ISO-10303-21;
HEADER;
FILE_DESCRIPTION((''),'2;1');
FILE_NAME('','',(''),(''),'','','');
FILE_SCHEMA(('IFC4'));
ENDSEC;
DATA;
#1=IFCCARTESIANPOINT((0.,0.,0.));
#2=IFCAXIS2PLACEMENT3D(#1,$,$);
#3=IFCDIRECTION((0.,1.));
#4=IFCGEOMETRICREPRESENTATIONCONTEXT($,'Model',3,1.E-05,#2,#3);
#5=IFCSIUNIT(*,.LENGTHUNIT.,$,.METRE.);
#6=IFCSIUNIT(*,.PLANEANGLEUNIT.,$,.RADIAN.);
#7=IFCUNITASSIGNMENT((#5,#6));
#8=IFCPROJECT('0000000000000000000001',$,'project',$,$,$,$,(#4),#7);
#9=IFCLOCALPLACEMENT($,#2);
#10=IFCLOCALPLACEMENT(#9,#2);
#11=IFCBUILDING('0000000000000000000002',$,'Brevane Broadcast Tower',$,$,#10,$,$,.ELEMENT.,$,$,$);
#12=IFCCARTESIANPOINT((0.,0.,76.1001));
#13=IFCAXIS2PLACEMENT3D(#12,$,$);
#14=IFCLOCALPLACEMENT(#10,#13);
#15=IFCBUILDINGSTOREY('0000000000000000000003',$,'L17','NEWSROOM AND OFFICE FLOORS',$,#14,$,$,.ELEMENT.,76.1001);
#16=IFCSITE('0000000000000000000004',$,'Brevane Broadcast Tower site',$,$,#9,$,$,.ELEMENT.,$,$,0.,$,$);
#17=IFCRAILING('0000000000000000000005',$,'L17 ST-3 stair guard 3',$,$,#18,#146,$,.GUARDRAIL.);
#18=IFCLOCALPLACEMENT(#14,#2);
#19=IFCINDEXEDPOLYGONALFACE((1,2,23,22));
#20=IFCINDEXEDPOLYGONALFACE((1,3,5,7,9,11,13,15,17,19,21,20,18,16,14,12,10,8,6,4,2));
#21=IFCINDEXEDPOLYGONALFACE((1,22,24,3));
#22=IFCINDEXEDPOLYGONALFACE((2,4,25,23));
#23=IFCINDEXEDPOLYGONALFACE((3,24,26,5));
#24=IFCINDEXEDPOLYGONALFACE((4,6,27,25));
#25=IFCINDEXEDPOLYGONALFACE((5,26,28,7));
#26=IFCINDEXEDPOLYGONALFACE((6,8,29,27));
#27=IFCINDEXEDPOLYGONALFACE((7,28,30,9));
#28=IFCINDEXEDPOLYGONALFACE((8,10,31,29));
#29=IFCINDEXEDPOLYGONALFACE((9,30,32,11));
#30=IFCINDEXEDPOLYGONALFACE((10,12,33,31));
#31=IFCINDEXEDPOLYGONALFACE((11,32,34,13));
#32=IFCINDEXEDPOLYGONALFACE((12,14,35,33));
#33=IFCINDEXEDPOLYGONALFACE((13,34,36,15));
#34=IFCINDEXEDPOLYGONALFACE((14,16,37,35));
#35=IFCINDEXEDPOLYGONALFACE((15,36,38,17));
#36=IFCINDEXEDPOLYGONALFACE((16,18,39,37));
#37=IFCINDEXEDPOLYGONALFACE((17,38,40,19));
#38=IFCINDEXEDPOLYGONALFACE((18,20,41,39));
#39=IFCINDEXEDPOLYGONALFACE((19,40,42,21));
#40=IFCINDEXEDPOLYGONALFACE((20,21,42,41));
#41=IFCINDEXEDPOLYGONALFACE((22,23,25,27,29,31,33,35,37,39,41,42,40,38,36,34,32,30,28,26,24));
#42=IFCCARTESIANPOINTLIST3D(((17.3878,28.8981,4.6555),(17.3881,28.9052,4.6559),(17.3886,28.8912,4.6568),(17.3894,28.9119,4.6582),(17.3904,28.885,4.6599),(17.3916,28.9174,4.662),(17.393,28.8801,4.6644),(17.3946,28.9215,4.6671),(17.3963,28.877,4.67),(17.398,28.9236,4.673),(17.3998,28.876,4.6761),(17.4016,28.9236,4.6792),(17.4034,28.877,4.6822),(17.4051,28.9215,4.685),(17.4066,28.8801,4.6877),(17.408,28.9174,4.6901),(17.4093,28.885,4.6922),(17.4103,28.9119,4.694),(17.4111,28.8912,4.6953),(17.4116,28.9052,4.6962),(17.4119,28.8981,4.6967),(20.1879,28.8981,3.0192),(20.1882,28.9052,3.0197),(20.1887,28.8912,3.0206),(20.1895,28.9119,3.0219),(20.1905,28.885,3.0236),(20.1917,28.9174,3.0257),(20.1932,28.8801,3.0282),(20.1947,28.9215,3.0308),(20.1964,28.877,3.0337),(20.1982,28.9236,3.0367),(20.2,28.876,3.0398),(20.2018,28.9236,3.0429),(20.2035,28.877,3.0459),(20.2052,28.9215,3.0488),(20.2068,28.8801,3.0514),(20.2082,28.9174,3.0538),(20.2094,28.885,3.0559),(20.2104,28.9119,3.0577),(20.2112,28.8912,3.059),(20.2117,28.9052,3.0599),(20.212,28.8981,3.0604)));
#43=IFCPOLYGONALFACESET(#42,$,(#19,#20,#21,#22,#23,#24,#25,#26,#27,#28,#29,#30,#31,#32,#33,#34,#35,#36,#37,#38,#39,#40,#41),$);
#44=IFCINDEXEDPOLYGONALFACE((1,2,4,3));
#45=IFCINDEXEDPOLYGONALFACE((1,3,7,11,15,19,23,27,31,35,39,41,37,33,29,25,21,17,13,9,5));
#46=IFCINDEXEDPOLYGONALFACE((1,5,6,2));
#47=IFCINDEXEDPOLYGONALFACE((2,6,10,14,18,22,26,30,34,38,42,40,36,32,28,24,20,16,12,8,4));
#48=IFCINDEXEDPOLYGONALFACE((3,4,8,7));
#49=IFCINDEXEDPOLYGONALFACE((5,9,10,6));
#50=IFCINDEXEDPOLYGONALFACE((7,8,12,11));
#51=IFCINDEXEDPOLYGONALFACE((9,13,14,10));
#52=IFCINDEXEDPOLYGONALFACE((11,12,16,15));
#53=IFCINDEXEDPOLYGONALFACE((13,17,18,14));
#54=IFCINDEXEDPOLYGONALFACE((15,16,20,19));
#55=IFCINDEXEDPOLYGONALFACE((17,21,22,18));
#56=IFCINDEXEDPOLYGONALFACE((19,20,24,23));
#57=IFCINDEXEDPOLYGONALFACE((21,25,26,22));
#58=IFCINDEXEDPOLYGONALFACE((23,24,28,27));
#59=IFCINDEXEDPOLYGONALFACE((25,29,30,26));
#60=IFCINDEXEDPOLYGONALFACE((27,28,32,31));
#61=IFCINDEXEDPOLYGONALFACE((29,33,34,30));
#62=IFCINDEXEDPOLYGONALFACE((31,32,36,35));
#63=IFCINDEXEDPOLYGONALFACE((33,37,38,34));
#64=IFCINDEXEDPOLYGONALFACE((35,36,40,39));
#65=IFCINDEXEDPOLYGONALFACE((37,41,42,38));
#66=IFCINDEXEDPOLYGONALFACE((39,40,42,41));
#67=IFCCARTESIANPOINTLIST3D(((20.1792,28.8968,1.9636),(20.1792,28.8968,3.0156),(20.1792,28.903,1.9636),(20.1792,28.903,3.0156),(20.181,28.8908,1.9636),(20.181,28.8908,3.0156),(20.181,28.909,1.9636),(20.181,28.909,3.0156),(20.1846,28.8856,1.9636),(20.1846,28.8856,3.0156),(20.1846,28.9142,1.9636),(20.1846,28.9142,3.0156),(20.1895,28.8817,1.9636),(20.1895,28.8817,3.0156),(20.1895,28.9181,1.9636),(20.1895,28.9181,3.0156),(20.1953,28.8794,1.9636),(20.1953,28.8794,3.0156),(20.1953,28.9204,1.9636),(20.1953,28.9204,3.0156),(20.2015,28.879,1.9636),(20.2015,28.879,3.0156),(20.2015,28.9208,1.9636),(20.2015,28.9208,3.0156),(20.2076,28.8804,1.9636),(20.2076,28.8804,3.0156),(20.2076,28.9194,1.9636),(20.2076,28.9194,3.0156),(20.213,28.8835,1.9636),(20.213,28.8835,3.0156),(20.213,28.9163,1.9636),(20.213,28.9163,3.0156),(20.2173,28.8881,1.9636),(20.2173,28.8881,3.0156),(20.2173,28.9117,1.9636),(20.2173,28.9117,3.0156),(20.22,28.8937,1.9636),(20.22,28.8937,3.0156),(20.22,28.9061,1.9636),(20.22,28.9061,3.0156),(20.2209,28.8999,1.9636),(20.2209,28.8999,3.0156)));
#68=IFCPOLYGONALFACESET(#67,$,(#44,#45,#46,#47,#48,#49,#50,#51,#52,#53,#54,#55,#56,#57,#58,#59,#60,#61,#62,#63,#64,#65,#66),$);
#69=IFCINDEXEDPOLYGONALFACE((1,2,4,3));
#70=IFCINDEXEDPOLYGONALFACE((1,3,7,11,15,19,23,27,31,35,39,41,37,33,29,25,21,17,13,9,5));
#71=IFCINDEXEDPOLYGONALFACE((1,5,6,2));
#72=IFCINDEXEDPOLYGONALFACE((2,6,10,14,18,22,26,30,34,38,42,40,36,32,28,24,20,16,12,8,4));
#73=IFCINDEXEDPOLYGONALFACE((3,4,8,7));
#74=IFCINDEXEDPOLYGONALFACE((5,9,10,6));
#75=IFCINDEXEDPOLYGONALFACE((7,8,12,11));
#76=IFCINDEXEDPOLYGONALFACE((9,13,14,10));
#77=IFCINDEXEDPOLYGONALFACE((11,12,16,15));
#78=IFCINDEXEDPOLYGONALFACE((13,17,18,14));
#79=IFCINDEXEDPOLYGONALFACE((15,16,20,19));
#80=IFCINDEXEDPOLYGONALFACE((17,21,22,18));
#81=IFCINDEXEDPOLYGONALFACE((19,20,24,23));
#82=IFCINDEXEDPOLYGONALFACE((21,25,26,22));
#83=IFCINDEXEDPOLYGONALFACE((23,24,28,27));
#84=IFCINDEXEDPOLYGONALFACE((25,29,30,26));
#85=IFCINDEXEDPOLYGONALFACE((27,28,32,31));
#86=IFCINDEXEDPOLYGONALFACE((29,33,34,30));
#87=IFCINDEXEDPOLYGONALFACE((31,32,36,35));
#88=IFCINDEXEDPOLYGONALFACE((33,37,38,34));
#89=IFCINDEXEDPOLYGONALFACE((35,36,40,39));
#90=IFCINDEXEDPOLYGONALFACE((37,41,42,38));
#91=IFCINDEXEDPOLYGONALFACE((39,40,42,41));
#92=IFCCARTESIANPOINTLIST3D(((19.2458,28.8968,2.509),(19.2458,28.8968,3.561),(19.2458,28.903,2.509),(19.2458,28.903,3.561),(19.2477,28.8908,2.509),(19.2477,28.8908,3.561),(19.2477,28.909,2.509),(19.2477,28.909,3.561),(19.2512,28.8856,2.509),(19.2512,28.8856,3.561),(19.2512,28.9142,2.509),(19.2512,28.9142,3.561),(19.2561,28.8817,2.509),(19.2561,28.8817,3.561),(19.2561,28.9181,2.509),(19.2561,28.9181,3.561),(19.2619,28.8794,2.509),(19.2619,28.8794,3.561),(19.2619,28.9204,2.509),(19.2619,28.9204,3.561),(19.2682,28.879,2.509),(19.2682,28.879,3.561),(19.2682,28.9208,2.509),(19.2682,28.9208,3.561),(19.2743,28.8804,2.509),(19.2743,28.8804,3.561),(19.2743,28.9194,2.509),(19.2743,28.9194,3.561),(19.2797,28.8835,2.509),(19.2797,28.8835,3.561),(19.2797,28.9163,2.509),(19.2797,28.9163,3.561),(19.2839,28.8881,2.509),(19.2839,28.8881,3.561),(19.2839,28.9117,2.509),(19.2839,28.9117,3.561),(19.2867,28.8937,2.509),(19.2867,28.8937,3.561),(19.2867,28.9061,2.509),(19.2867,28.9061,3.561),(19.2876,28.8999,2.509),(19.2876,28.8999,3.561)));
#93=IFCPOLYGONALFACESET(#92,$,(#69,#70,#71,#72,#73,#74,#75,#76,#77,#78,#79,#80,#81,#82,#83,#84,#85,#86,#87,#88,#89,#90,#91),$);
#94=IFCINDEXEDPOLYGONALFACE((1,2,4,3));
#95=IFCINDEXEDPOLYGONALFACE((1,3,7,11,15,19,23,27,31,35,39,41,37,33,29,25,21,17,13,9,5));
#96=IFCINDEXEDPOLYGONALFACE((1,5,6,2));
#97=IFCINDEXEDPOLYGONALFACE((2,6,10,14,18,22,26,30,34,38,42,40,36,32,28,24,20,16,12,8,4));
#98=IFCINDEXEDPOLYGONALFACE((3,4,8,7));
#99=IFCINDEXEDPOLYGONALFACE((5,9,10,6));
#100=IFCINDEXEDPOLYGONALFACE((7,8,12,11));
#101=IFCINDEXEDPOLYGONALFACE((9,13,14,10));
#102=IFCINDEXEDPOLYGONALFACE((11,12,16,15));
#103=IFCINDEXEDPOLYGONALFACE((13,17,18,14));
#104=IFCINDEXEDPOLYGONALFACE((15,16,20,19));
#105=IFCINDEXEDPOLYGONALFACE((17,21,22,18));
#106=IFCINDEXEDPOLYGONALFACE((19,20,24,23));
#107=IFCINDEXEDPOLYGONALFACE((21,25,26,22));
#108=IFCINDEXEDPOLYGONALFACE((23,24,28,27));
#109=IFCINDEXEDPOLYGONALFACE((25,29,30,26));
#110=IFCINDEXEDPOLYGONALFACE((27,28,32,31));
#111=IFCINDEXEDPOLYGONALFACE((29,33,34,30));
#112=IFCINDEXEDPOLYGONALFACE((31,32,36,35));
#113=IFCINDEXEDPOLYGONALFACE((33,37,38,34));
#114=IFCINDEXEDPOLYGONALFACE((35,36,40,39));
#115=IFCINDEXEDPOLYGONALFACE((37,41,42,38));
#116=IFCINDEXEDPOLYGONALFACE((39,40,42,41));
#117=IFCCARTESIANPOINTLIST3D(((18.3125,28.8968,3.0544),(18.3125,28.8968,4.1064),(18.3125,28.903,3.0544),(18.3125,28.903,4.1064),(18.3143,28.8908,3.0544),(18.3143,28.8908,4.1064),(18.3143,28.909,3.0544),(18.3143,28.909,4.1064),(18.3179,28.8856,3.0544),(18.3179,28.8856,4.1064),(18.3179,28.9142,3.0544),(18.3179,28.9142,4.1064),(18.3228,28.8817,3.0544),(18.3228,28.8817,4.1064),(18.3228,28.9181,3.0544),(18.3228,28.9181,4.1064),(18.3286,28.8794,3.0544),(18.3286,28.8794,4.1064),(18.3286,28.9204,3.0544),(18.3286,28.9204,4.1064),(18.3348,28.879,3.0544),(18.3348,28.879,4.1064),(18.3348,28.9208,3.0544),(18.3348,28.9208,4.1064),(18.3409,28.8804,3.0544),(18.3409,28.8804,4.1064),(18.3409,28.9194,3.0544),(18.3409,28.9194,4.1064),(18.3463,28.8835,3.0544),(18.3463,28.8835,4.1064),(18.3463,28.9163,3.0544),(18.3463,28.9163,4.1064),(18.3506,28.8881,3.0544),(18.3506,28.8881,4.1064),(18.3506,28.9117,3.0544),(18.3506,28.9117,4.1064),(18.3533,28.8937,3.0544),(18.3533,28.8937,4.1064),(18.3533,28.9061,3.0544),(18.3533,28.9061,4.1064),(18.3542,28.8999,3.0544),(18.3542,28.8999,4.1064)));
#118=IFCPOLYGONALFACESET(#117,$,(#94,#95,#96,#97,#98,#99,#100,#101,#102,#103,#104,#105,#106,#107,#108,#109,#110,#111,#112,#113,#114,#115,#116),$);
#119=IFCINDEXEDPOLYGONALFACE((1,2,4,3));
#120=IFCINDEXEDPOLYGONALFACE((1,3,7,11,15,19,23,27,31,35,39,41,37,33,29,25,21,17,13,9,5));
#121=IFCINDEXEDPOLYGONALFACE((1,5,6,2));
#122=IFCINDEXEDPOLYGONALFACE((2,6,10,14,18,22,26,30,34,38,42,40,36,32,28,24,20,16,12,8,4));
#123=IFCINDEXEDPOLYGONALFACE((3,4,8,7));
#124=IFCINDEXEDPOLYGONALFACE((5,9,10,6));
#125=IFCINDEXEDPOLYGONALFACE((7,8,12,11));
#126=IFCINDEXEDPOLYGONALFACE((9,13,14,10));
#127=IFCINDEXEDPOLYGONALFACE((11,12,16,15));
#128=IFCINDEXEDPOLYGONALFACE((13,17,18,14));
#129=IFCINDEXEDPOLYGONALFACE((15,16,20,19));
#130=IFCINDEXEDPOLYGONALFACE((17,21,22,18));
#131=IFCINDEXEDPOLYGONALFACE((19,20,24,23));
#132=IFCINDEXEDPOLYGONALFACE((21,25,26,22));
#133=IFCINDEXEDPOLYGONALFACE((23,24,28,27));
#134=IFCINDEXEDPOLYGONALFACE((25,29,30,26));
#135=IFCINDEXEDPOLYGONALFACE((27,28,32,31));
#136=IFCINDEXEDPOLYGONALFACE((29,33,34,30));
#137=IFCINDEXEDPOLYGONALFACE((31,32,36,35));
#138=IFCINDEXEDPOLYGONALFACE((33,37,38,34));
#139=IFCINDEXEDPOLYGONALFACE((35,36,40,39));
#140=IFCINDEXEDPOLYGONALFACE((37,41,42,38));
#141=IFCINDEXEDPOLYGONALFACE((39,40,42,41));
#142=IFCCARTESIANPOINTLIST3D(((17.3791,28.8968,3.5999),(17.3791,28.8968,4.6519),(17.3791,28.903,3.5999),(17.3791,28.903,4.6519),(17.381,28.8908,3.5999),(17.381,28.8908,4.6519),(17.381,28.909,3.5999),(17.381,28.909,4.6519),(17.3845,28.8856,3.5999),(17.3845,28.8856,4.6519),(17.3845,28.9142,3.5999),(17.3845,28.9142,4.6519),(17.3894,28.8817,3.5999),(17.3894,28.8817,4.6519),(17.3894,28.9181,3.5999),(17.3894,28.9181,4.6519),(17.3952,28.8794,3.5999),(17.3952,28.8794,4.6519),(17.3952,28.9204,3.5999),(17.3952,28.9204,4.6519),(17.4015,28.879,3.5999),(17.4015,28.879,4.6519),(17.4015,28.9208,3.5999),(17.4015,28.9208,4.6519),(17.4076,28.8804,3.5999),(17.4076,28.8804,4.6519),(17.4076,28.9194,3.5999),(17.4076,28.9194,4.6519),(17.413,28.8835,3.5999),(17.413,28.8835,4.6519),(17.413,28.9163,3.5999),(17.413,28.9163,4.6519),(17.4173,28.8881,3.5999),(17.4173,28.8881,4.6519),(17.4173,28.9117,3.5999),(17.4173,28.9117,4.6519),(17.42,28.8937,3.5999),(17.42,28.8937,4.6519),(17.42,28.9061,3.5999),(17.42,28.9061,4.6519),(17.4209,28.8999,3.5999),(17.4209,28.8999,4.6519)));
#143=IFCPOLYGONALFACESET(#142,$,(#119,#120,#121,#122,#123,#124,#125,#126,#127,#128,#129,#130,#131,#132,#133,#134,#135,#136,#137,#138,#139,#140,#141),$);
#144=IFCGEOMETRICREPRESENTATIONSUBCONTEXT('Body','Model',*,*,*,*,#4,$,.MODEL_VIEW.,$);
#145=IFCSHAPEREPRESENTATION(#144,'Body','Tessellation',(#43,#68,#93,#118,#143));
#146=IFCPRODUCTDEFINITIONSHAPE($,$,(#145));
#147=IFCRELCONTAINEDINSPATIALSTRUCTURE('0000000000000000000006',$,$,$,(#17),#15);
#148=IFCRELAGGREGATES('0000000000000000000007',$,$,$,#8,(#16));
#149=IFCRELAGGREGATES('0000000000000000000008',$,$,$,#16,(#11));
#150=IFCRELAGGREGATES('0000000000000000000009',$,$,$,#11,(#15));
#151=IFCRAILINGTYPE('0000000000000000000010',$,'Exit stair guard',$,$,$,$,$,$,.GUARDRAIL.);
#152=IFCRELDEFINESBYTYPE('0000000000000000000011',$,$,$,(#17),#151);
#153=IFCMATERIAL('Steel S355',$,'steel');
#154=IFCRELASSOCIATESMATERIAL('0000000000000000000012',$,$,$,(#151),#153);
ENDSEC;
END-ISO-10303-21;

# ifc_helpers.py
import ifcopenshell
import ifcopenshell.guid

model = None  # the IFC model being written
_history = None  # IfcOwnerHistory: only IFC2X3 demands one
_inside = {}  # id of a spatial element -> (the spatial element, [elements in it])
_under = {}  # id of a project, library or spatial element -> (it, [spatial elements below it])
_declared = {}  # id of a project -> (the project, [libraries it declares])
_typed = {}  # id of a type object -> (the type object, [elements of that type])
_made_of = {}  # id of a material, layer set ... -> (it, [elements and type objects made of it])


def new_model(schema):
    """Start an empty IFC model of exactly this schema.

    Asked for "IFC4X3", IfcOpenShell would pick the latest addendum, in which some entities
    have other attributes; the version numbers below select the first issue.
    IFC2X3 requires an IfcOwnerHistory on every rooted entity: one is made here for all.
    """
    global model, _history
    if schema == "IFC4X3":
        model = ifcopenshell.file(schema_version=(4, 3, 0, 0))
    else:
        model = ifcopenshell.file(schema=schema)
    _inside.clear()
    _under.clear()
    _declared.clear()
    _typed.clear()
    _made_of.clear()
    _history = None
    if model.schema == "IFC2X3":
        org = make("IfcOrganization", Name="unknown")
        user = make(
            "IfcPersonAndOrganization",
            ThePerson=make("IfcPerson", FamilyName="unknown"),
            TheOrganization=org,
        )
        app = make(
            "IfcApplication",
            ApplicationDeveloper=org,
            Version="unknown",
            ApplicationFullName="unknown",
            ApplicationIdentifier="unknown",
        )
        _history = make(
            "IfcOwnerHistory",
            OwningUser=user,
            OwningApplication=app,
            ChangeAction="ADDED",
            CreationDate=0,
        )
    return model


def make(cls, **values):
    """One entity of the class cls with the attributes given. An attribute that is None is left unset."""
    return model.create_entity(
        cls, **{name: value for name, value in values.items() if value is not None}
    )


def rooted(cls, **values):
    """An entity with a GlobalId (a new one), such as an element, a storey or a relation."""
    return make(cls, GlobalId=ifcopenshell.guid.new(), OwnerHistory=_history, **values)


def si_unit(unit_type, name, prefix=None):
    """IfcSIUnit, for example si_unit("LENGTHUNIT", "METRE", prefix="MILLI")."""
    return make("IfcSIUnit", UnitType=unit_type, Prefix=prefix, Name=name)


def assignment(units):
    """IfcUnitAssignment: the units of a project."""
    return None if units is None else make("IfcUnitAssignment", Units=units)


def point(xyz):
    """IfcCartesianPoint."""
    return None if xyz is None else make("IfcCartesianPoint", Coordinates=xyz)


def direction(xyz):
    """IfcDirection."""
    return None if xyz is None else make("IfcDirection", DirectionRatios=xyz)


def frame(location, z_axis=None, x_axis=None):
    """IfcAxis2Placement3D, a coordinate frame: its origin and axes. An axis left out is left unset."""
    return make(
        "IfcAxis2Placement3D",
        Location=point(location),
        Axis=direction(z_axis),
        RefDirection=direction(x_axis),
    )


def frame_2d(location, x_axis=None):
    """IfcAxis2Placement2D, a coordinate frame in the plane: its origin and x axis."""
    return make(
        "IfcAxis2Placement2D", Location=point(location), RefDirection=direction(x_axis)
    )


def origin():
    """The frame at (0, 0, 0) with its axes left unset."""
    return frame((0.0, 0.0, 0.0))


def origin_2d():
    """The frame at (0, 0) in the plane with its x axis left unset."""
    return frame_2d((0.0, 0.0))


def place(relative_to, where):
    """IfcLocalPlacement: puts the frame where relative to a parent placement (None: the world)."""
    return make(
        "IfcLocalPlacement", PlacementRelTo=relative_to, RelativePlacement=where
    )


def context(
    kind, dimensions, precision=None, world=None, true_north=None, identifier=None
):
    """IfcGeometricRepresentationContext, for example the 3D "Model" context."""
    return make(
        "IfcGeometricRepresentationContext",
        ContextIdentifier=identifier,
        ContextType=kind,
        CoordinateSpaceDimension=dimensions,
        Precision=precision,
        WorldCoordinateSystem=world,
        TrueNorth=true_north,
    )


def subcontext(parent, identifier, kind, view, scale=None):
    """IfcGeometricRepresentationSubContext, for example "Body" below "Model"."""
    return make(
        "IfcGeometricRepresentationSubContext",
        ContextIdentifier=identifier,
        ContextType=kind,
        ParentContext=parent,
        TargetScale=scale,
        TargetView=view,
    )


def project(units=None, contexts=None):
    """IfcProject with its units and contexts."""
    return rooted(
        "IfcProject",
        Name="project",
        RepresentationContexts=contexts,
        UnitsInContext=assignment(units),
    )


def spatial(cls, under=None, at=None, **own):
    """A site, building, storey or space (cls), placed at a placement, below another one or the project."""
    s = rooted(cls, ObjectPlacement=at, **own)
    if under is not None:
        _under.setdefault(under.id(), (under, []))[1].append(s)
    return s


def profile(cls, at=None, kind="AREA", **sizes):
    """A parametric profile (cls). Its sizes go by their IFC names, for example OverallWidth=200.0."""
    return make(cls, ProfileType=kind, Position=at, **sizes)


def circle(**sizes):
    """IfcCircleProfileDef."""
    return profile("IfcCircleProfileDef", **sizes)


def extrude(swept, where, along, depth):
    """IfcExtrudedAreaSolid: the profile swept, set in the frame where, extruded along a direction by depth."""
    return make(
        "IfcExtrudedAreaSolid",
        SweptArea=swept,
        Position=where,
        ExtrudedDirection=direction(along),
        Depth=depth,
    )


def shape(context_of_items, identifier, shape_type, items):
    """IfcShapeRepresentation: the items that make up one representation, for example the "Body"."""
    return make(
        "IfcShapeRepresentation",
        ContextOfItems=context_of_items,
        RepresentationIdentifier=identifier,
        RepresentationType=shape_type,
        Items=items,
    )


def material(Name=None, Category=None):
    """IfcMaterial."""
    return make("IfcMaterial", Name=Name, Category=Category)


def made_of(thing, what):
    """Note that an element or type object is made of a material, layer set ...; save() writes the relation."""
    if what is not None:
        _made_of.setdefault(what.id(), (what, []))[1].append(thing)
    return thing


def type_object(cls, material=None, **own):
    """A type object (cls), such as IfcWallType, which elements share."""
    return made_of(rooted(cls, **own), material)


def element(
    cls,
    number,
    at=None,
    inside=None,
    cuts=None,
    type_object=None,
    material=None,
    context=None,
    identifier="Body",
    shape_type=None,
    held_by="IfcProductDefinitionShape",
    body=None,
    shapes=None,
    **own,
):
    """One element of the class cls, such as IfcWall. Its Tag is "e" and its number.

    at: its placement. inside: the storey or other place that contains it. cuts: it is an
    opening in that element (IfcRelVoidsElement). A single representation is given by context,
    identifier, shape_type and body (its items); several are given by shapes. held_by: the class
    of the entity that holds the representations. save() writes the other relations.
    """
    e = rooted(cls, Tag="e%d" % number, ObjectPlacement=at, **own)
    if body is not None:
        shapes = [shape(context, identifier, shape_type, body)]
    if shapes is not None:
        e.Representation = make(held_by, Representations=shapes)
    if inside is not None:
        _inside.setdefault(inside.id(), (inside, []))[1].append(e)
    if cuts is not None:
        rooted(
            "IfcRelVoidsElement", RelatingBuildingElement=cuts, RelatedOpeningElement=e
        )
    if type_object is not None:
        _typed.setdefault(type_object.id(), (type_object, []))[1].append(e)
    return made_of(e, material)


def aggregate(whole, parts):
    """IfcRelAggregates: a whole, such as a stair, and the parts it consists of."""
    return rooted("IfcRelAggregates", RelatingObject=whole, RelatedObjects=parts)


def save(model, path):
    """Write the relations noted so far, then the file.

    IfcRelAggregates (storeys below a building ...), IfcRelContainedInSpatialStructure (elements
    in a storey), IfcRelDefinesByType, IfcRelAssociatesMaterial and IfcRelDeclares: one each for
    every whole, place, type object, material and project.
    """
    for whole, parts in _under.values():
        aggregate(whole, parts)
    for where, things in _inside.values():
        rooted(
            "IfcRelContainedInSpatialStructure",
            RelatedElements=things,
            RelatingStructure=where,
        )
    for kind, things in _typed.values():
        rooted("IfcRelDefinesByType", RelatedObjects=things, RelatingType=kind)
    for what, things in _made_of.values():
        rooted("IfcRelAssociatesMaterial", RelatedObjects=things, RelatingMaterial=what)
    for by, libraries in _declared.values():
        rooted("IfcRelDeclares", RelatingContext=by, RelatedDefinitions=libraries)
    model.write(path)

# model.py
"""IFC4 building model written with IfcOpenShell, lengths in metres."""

from ifc_helpers import new_model, si_unit, direction, frame, origin, origin_2d, place, context, subcontext, project, spatial, circle, extrude, material, type_object, element, save


model = new_model("IFC4")

# Units and contexts
model_context = context("Model", 3, precision=1e-05, world=origin(), true_north=direction((0.0, 1.0)))
body_context = subcontext(model_context, "Body", "Model", "MODEL_VIEW")
ifc_project = project(units=[si_unit("LENGTHUNIT", "METRE"), si_unit("PLANEANGLEUNIT", "RADIAN")], contexts=[model_context])

# Site, building, storey
site_placement = place(None, origin())
site = spatial("IfcSite", under=ifc_project, at=site_placement, Name="Brevane Broadcast Tower site", CompositionType="ELEMENT", RefElevation=0.0)
building_placement = place(site_placement, origin())
building = spatial("IfcBuilding", under=site, at=building_placement, Name="Brevane Broadcast Tower", CompositionType="ELEMENT")
storey_placement = place(building_placement, frame((0.0, 0.0, 76.1001)))
storey = spatial("IfcBuildingStorey", under=building, at=storey_placement, Name="L17", Description="NEWSROOM AND OFFICE FLOORS", CompositionType="ELEMENT", Elevation=76.1001)

# Railing
ifc_material_1 = material(Name="Steel S355", Category="steel")
railing_type_1 = type_object("IfcRailingType", Name="Exit stair guard", PredefinedType="GUARDRAIL", material=ifc_material_1)
railing_1_placement = place(storey_placement, frame((20.2, 28.8999, 1.9636)))
element("IfcRailing", 1, at=railing_1_placement, inside=storey, type_object=railing_type_1, Name="L17 ST-3 stair guard 3", PredefinedType="GUARDRAIL", context=body_context, shape_type="SweptSolid", body=[
    extrude(circle(Radius=0.0239, at=origin_2d()), frame((0.0, 0.0, 1.0762), z_axis=(-0.863394, 0.0, 0.504531), x_axis=(0.0, -1.0, 0.0)), (0.0, 0.0, 1.0), 3.2432),
    extrude(circle(Radius=0.021, at=origin_2d()), origin(), (0.0, 0.0, 1.0), 1.052),
    extrude(circle(Radius=0.021, at=origin_2d()), frame((-0.9333, 0.0, 0.5454)), (0.0, 0.0, 1.0), 1.052),
    extrude(circle(Radius=0.021, at=origin_2d()), frame((-1.8667, 0.0, 1.0908)), (0.0, 0.0, 1.0), 1.052),
    extrude(circle(Radius=0.021, at=origin_2d()), frame((-2.8, 0.0, 1.6362)), (0.0, 0.0, 1.0), 1.052),
])

save(model, "model.ifc")
